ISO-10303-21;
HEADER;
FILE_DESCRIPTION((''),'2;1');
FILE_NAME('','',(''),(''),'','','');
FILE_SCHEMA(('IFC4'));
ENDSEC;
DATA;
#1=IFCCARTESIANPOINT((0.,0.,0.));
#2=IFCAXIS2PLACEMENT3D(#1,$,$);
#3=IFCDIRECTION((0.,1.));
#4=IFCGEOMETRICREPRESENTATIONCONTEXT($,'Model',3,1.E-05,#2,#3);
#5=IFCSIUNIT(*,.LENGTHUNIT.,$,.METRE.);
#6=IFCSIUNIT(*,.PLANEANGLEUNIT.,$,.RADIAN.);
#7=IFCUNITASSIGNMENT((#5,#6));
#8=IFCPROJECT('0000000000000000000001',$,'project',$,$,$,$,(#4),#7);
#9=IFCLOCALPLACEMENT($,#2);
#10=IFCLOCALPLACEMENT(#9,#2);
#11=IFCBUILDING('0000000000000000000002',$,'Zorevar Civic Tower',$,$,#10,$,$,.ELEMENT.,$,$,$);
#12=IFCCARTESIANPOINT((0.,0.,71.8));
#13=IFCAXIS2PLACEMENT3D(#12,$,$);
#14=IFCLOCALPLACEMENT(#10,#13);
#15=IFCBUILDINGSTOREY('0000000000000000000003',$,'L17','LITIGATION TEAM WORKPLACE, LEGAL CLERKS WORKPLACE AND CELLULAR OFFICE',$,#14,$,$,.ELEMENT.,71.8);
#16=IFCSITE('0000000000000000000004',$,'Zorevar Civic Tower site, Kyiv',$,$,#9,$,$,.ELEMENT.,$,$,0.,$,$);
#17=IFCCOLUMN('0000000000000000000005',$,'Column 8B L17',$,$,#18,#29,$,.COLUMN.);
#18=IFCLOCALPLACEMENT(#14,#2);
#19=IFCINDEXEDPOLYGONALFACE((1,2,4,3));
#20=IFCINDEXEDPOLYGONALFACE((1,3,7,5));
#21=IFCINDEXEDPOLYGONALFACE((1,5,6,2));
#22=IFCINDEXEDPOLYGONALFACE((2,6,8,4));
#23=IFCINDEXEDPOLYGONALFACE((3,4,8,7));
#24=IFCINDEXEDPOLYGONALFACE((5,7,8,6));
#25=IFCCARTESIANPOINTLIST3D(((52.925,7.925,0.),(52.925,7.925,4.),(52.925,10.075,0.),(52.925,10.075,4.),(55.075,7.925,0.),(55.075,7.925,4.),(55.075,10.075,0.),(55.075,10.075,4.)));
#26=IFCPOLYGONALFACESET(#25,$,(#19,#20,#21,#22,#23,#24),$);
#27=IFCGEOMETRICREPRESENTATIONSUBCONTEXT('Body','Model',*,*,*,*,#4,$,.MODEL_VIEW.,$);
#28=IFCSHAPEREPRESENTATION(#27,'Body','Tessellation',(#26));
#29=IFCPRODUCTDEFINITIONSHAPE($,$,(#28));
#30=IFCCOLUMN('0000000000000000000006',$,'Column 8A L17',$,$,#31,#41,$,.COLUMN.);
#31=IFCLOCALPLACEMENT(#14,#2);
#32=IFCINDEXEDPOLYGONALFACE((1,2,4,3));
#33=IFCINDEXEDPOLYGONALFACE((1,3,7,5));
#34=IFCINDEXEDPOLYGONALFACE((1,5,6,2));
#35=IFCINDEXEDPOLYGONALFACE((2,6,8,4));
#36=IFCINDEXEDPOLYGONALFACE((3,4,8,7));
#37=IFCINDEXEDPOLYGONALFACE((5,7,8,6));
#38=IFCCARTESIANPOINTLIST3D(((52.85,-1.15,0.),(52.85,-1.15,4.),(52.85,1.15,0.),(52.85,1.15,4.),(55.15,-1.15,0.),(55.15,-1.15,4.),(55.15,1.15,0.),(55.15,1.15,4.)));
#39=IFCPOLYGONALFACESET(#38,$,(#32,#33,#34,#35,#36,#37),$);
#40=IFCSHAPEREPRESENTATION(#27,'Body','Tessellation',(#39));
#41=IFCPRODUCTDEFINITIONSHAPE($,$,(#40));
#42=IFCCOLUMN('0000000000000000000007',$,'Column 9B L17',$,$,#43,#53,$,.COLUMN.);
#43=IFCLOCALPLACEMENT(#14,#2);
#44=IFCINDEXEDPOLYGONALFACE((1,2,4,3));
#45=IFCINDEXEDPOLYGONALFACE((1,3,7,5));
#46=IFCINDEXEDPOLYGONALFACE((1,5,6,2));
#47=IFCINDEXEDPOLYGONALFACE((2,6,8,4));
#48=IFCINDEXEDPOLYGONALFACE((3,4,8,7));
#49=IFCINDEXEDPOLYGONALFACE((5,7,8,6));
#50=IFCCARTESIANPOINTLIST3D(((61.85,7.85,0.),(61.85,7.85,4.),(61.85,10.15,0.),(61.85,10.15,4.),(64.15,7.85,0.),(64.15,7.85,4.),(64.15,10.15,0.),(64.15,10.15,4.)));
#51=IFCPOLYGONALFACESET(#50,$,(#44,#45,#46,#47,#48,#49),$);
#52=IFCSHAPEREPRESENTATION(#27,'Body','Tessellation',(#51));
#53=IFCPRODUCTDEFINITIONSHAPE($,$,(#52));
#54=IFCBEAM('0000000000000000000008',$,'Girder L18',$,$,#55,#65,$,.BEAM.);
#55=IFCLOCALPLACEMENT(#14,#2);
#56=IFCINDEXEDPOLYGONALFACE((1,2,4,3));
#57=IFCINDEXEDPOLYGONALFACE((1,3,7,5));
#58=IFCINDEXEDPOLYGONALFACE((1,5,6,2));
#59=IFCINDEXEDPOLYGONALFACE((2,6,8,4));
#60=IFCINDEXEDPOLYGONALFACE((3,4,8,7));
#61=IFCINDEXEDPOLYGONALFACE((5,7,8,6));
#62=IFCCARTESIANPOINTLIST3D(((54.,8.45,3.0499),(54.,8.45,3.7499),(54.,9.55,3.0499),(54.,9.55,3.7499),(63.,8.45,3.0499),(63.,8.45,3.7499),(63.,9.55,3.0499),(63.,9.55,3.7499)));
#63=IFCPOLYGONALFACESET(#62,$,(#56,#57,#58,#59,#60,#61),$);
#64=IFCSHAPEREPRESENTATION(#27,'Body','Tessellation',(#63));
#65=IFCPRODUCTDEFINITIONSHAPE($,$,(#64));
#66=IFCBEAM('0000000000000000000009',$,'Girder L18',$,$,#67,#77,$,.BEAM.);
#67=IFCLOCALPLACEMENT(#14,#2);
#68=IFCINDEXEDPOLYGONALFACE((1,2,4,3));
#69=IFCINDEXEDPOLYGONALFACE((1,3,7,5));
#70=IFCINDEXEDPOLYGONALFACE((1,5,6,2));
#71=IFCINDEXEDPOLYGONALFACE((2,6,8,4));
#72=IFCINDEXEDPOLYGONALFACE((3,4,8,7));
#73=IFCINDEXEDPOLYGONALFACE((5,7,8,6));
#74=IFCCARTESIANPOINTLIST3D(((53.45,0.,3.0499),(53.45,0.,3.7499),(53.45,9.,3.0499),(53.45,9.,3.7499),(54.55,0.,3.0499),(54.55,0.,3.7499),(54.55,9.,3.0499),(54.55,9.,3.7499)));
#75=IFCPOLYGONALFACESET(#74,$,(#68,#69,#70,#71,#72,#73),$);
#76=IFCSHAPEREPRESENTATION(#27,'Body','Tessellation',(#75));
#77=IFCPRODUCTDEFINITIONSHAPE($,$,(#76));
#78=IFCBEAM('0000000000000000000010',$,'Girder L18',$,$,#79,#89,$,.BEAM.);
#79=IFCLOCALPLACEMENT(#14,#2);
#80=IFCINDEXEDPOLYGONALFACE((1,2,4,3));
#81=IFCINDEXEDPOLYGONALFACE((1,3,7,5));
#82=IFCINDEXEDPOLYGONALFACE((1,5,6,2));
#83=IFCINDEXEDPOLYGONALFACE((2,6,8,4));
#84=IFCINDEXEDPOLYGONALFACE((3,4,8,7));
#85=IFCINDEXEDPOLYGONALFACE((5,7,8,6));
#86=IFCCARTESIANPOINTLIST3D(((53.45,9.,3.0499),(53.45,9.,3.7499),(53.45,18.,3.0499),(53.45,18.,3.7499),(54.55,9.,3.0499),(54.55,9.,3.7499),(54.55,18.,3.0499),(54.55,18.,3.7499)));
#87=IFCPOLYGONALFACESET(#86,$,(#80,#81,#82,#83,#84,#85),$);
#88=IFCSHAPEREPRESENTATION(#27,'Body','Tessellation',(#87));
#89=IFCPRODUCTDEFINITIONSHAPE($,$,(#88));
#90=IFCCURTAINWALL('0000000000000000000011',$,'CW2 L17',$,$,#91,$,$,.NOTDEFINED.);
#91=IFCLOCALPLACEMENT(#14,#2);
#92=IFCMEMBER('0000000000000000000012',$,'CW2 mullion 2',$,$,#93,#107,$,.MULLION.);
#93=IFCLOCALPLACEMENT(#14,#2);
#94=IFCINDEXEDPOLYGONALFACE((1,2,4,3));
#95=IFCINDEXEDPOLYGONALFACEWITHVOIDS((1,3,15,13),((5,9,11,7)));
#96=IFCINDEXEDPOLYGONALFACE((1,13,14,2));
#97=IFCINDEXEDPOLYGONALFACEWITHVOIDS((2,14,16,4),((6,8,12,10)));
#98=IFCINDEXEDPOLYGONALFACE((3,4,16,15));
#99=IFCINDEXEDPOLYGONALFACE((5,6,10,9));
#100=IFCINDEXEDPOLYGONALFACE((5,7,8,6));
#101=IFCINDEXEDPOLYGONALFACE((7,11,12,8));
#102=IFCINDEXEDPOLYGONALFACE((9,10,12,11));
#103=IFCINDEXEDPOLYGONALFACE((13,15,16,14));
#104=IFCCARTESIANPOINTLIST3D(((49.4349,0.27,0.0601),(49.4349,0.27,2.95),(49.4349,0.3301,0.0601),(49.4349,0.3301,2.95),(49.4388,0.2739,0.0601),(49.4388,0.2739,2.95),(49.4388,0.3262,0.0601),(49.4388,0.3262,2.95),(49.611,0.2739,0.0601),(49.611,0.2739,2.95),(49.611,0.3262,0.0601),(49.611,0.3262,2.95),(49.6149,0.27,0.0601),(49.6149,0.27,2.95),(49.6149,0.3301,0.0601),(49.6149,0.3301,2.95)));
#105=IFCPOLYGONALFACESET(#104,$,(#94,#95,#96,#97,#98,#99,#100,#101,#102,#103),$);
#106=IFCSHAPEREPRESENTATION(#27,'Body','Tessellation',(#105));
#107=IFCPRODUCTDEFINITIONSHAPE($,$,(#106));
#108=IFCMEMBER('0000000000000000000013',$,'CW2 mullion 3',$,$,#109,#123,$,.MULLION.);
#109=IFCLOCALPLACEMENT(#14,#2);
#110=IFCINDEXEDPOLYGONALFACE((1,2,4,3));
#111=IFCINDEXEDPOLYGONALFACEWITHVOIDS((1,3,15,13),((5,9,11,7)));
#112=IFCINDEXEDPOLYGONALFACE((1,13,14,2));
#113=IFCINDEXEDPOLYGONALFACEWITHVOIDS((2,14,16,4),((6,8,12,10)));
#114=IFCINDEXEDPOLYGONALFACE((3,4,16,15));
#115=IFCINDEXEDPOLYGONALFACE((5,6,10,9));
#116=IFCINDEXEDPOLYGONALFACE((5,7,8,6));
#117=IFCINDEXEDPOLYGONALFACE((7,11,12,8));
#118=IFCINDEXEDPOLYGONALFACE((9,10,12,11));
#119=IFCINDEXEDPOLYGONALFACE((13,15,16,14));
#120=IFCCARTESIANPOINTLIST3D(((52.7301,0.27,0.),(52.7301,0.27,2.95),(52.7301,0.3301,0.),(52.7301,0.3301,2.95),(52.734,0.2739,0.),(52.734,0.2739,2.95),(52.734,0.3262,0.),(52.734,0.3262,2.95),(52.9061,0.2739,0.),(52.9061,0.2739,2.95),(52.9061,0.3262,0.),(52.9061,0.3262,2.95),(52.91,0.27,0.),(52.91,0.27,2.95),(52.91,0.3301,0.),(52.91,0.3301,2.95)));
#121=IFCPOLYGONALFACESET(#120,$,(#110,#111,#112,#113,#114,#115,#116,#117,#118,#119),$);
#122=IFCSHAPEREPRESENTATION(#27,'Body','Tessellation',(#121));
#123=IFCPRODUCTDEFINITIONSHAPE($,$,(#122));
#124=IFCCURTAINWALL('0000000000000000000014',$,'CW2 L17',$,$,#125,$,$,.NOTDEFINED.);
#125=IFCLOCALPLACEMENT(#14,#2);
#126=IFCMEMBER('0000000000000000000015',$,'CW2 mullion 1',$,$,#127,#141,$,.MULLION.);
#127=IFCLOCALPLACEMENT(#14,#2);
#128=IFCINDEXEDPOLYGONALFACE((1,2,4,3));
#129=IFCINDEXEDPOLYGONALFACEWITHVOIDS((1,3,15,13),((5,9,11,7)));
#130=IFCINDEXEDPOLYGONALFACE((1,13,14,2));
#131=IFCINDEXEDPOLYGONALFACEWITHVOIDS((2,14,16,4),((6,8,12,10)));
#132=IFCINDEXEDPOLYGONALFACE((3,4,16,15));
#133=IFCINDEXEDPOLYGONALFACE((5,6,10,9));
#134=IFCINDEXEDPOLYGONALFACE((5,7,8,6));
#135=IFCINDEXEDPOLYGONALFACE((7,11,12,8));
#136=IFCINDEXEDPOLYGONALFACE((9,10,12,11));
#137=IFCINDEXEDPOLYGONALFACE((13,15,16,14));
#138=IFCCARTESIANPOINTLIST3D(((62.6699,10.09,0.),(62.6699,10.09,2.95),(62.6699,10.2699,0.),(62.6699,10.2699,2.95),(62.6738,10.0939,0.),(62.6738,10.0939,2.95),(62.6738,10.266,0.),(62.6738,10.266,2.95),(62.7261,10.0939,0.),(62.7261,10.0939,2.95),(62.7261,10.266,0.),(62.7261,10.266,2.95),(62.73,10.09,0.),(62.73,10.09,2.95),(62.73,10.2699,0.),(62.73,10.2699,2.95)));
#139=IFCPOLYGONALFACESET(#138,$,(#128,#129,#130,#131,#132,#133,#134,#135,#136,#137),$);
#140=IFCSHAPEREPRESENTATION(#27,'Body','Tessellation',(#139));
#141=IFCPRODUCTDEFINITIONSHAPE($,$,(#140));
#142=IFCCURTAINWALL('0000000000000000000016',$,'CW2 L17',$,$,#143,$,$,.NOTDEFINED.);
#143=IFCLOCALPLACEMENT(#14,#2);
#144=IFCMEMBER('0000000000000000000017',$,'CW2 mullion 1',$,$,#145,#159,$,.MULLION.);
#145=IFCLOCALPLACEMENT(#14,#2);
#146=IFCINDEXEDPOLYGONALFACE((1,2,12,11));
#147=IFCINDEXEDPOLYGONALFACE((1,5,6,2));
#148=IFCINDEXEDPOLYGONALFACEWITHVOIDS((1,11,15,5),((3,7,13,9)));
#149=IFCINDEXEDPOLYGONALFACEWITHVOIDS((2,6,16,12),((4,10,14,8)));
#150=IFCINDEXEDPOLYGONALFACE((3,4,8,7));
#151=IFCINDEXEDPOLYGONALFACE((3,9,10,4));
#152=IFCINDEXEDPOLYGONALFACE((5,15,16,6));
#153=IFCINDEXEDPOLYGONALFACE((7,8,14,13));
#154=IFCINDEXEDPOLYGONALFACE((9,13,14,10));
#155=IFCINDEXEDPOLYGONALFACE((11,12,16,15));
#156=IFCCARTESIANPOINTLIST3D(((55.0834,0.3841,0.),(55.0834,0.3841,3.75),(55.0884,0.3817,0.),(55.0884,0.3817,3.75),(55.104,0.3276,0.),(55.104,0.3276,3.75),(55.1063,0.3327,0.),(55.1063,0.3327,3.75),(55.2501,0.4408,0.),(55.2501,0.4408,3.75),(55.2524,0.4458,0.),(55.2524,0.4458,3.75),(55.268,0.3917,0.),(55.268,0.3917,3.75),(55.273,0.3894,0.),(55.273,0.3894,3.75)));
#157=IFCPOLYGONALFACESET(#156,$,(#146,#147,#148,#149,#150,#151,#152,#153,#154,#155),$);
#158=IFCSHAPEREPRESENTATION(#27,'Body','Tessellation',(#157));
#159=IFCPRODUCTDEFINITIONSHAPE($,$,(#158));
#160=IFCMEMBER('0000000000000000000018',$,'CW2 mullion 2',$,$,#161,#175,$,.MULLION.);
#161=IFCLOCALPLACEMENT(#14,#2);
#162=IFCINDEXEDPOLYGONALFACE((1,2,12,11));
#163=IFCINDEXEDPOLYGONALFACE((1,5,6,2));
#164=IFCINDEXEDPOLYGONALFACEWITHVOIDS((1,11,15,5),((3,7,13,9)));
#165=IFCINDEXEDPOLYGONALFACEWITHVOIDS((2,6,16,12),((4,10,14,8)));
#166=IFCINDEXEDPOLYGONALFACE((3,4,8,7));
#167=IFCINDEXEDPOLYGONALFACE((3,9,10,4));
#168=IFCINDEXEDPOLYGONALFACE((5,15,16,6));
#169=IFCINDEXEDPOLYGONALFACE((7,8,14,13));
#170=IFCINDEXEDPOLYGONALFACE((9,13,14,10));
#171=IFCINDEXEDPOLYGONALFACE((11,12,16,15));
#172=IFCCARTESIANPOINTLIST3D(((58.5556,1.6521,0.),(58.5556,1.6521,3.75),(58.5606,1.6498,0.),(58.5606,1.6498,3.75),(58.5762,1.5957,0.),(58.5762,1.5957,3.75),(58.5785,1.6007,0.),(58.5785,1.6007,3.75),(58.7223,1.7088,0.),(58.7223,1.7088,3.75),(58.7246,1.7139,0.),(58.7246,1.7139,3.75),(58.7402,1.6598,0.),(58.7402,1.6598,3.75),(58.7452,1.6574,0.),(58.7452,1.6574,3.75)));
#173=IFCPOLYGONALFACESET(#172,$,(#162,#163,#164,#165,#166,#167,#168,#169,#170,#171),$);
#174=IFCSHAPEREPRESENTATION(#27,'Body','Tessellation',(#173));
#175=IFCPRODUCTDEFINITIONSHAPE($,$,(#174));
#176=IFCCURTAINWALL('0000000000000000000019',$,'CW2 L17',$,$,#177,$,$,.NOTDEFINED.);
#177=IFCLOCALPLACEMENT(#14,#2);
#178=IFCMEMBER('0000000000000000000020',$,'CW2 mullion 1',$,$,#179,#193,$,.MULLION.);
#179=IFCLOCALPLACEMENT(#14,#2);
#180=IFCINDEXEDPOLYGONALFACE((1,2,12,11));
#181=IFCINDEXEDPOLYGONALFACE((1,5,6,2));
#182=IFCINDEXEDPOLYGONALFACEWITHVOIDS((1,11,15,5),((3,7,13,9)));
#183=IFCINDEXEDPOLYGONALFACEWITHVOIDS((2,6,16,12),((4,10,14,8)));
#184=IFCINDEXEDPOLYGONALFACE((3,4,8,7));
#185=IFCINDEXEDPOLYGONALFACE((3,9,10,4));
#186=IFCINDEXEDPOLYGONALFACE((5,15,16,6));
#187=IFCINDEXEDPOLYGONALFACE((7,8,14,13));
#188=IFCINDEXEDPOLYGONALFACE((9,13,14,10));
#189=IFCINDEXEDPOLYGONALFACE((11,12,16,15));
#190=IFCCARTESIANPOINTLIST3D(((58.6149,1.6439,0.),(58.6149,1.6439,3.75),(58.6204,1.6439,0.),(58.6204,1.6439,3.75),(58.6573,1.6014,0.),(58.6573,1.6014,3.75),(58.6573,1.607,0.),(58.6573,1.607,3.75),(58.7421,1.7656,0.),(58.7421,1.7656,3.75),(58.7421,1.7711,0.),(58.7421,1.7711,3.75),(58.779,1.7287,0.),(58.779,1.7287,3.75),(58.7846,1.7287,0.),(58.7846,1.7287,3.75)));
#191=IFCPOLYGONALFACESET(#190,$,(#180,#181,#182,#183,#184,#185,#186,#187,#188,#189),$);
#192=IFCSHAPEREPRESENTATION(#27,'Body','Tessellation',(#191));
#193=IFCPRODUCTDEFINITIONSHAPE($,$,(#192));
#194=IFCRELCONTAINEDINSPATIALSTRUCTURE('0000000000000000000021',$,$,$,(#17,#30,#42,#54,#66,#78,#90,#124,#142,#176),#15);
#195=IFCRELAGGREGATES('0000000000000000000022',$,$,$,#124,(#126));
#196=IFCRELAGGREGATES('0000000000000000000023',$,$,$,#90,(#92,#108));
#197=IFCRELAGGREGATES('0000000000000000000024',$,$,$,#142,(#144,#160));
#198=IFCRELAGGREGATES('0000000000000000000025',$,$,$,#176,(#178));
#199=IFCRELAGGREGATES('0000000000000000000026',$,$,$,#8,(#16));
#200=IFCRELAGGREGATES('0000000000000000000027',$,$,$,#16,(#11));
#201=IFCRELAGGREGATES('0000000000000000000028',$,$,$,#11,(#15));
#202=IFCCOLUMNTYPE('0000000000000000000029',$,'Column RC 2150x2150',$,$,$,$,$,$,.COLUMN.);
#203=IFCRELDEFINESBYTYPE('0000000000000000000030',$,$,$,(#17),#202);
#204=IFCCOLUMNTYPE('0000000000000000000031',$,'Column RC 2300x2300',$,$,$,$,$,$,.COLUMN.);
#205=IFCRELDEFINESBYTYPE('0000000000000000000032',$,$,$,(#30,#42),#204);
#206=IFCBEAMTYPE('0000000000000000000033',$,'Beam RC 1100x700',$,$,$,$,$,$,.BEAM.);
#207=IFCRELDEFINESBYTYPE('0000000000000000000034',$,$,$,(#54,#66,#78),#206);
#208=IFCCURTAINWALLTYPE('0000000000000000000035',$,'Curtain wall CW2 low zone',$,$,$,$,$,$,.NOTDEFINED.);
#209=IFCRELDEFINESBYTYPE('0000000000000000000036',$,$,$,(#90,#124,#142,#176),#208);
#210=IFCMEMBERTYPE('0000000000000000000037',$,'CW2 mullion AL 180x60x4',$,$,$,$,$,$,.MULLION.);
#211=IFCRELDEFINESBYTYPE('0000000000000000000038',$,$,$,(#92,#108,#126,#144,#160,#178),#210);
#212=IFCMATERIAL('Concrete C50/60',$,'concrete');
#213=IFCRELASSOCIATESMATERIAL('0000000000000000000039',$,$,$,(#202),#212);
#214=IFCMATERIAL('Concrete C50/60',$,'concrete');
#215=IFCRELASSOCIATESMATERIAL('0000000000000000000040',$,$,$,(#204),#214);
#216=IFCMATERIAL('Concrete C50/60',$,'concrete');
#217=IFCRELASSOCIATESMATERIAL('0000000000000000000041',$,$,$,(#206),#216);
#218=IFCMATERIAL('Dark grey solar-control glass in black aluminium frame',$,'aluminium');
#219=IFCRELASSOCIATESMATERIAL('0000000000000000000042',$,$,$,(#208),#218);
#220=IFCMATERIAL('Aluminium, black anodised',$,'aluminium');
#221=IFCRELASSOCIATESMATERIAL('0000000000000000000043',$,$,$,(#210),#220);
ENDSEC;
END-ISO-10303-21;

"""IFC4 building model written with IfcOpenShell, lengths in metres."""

from ifc_helpers import new_model, si_unit, direction, frame, origin, origin_2d, place, context, subcontext, project, spatial, rectangle, hollow_rectangle, extrude, material, material_profile, profile_set, type_object, element, aggregate, save


model = new_model("IFC4")

# Units and contexts
model_context = context("Model", 3, precision=1e-05, world=origin(), true_north=direction((0.0, 1.0)))
body_context = subcontext(model_context, "Body", "Model", "MODEL_VIEW")
ifc_project = project(units=[si_unit("LENGTHUNIT", "METRE"), si_unit("PLANEANGLEUNIT", "RADIAN")], contexts=[model_context])

# Site, building, storey
site_placement = place(None, origin())
site = spatial("IfcSite", under=ifc_project, at=site_placement, Name="Zorevar Civic Tower site, Kyiv", CompositionType="ELEMENT", RefElevation=0.0)
building_placement = place(site_placement, origin())
building = spatial("IfcBuilding", under=site, at=building_placement, Name="Zorevar Civic Tower", CompositionType="ELEMENT")
storey_placement = place(building_placement, frame((0.0, 0.0, 71.8)))
storey = spatial("IfcBuildingStorey", under=building, at=storey_placement, Name="L17", Description="LITIGATION TEAM WORKPLACE, LEGAL CLERKS WORKPLACE AND CELLULAR OFFICE", CompositionType="ELEMENT", Elevation=71.8)

# Columns
ifc_material_1 = material(Name="Concrete C50/60", Category="concrete")
ifc_material_profile_1 = material_profile(ifc_material_1, rectangle(XDim=2.1499, YDim=2.1499, at=origin_2d()), Name="RC 2150x2150")
ifc_profile_set_1 = profile_set([ifc_material_profile_1], Name="Concrete C50/60")
column_type_1 = type_object("IfcColumnType", Name="Column RC 2150x2150", PredefinedType="COLUMN", material=ifc_profile_set_1)
column_placement = place(storey_placement, frame((54.0, 9.0, 0.0), z_axis=(0.0, 0.0, 1.0), x_axis=(1.0, 0.0, 0.0)))
element("IfcColumn", 1, at=column_placement, inside=storey, type_object=column_type_1, Name="Column 8B L17", PredefinedType="COLUMN", context=body_context, shape_type="SweptSolid", body=[
    extrude(rectangle(XDim=2.1499, YDim=2.1499, at=origin_2d()), origin(), (0.0, 0.0, 1.0), 4.0),
])
ifc_material_2 = material(Name="Concrete C50/60", Category="concrete")
ifc_material_profile_2 = material_profile(ifc_material_2, rectangle(XDim=2.3, YDim=2.3, at=origin_2d()), Name="RC 2300x2300")
ifc_profile_set_2 = profile_set([ifc_material_profile_2], Name="Concrete C50/60")
column_type_2 = type_object("IfcColumnType", Name="Column RC 2300x2300", PredefinedType="COLUMN", material=ifc_profile_set_2)
for number, where, z_axis, x_axis, name in (
    (2, (54.0, 0.0, 0.0), (0.0, 0.0, 1.0), (1.0, 0.0, 0.0), "Column 8A L17"),
    (3, (63.0, 9.0, 0.0), (0.0, 0.0, 1.0), (1.0, 0.0, 0.0), "Column 9B L17"),
):
    element("IfcColumn", number, at=place(storey_placement, frame(where, z_axis=z_axis, x_axis=x_axis)), inside=storey, type_object=column_type_2, Name=name, PredefinedType="COLUMN", context=body_context, shape_type="SweptSolid", body=[
        extrude(rectangle(XDim=2.3, YDim=2.3, at=origin_2d()), origin(), (0.0, 0.0, 1.0), 4.0),
    ])

# Beams
ifc_material_3 = material(Name="Concrete C50/60", Category="concrete")
ifc_material_profile_3 = material_profile(ifc_material_3, rectangle(XDim=1.1001, YDim=0.7, at=origin_2d()), Name="RC 1100x700")
ifc_profile_set_3 = profile_set([ifc_material_profile_3], Name="Concrete C50/60")
beam_type_1 = type_object("IfcBeamType", Name="Beam RC 1100x700", PredefinedType="BEAM", material=ifc_profile_set_3)
for number, where, z_axis, x_axis, name in (
    (4, (54.0, 9.0, 3.3999), (1.0, 0.0, 0.0), (0.0, 1.0, 0.0), "Girder L18"),
    (5, (54.0, 0.0, 3.3999), (0.0, 1.0, 0.0), (-1.0, 0.0, 0.0), "Girder L18"),
    (6, (54.0, 9.0, 3.3999), (0.0, 1.0, 0.0), (-1.0, 0.0, 0.0), "Girder L18"),
):
    element("IfcBeam", number, at=place(storey_placement, frame(where, z_axis=z_axis, x_axis=x_axis)), inside=storey, type_object=beam_type_1, Name=name, PredefinedType="BEAM", context=body_context, shape_type="SweptSolid", body=[
        extrude(rectangle(XDim=1.1001, YDim=0.7, at=origin_2d()), origin(), (0.0, 0.0, 1.0), 9.0),
    ])

# Curtain wall, members
ifc_material_4 = material(Name="Dark grey solar-control glass in black aluminium frame", Category="aluminium")
curtain_wall_type = type_object("IfcCurtainWallType", Name="Curtain wall CW2 low zone", PredefinedType="NOTDEFINED", material=ifc_material_4)
curtain_wall_1_placement = place(storey_placement, origin())
curtain_wall_1 = element("IfcCurtainWall", 7, at=curtain_wall_1_placement, inside=storey, type_object=curtain_wall_type, Name="CW2 L17", PredefinedType="NOTDEFINED")
ifc_material_5 = material(Name="Aluminium, black anodised", Category="aluminium")
ifc_material_profile_4 = material_profile(ifc_material_5, hollow_rectangle(XDim=0.0601, YDim=0.1799, WallThickness=0.0039, at=origin_2d()), Name="AL 180x60x4")
ifc_profile_set_4 = profile_set([ifc_material_profile_4], Name="Aluminium, black anodised")
member_type_1 = type_object("IfcMemberType", Name="CW2 mullion AL 180x60x4", PredefinedType="MULLION", material=ifc_profile_set_4)
member_1_placement = place(storey_placement, frame((49.5249, 0.3, 0.0601), z_axis=(0.0, 0.0, 1.0), x_axis=(0.0, 1.0, 0.0)))
member_1 = element("IfcMember", 8, at=member_1_placement, type_object=member_type_1, Name="CW2 mullion 2", PredefinedType="MULLION", context=body_context, shape_type="SweptSolid", body=[
    extrude(hollow_rectangle(XDim=0.0601, YDim=0.1799, WallThickness=0.0039, at=origin_2d()), origin(), (0.0, 0.0, 1.0), 2.8899),
])
member_2_placement = place(storey_placement, frame((52.8201, 0.3, 0.0), z_axis=(0.0, 0.0, 1.0), x_axis=(0.0, 1.0, 0.0)))
member_2 = element("IfcMember", 9, at=member_2_placement, type_object=member_type_1, Name="CW2 mullion 3", PredefinedType="MULLION", context=body_context, shape_type="SweptSolid", body=[
    extrude(hollow_rectangle(XDim=0.0601, YDim=0.1799, WallThickness=0.0039, at=origin_2d()), origin(), (0.0, 0.0, 1.0), 2.95),
])

# Curtain wall, member
curtain_wall_2_placement = place(storey_placement, origin())
curtain_wall_2 = element("IfcCurtainWall", 10, at=curtain_wall_2_placement, inside=storey, type_object=curtain_wall_type, Name="CW2 L17", PredefinedType="NOTDEFINED")
member_3_placement = place(storey_placement, frame((62.7, 10.1799, 0.0), z_axis=(0.0, 0.0, 1.0), x_axis=(-1.0, 0.0, 0.0)))
member_3 = element("IfcMember", 11, at=member_3_placement, type_object=member_type_1, Name="CW2 mullion 1", PredefinedType="MULLION", context=body_context, shape_type="SweptSolid", body=[
    extrude(hollow_rectangle(XDim=0.0601, YDim=0.1799, WallThickness=0.0039, at=origin_2d()), origin(), (0.0, 0.0, 1.0), 2.95),
])
aggregate(curtain_wall_2, [member_3])

# Curtain walls, members
curtain_wall_3_placement = place(storey_placement, origin())
curtain_wall_3 = element("IfcCurtainWall", 12, at=curtain_wall_3_placement, inside=storey, type_object=curtain_wall_type, Name="CW2 L17", PredefinedType="NOTDEFINED")
member_4_placement = place(storey_placement, frame((55.1782, 0.3867, 0.0), z_axis=(0.0, 0.0, 1.0), x_axis=(-0.34306, 0.939313, 0.0)))
member_4 = element("IfcMember", 13, at=member_4_placement, type_object=member_type_1, Name="CW2 mullion 1", PredefinedType="MULLION", context=body_context, shape_type="SweptSolid", body=[
    extrude(hollow_rectangle(XDim=0.0601, YDim=0.1799, WallThickness=0.0039, at=origin_2d()), origin(), (0.0, 0.0, 1.0), 3.75),
])
member_5_placement = place(storey_placement, frame((58.6504, 1.6548, 0.0), z_axis=(0.0, 0.0, 1.0), x_axis=(-0.34306, 0.939313, 0.0)))
member_5 = element("IfcMember", 14, at=member_5_placement, type_object=member_type_1, Name="CW2 mullion 2", PredefinedType="MULLION", context=body_context, shape_type="SweptSolid", body=[
    extrude(hollow_rectangle(XDim=0.0601, YDim=0.1799, WallThickness=0.0039, at=origin_2d()), origin(), (0.0, 0.0, 1.0), 3.75),
])
curtain_wall_4_placement = place(storey_placement, origin())
curtain_wall_4 = element("IfcCurtainWall", 15, at=curtain_wall_4_placement, inside=storey, type_object=curtain_wall_type, Name="CW2 L17", PredefinedType="NOTDEFINED")
member_6_placement = place(storey_placement, frame((58.6997, 1.6863, 0.0), z_axis=(0.0, 0.0, 1.0), x_axis=(-0.707107, 0.707107, 0.0)))
member_6 = element("IfcMember", 16, at=member_6_placement, type_object=member_type_1, Name="CW2 mullion 1", PredefinedType="MULLION", context=body_context, shape_type="SweptSolid", body=[
    extrude(hollow_rectangle(XDim=0.0601, YDim=0.1799, WallThickness=0.0039, at=origin_2d()), origin(), (0.0, 0.0, 1.0), 3.75),
])

aggregate(curtain_wall_1, [member_1, member_2])
aggregate(curtain_wall_3, [member_4, member_5])
aggregate(curtain_wall_4, [member_6])

save(model, "model.ifc")
